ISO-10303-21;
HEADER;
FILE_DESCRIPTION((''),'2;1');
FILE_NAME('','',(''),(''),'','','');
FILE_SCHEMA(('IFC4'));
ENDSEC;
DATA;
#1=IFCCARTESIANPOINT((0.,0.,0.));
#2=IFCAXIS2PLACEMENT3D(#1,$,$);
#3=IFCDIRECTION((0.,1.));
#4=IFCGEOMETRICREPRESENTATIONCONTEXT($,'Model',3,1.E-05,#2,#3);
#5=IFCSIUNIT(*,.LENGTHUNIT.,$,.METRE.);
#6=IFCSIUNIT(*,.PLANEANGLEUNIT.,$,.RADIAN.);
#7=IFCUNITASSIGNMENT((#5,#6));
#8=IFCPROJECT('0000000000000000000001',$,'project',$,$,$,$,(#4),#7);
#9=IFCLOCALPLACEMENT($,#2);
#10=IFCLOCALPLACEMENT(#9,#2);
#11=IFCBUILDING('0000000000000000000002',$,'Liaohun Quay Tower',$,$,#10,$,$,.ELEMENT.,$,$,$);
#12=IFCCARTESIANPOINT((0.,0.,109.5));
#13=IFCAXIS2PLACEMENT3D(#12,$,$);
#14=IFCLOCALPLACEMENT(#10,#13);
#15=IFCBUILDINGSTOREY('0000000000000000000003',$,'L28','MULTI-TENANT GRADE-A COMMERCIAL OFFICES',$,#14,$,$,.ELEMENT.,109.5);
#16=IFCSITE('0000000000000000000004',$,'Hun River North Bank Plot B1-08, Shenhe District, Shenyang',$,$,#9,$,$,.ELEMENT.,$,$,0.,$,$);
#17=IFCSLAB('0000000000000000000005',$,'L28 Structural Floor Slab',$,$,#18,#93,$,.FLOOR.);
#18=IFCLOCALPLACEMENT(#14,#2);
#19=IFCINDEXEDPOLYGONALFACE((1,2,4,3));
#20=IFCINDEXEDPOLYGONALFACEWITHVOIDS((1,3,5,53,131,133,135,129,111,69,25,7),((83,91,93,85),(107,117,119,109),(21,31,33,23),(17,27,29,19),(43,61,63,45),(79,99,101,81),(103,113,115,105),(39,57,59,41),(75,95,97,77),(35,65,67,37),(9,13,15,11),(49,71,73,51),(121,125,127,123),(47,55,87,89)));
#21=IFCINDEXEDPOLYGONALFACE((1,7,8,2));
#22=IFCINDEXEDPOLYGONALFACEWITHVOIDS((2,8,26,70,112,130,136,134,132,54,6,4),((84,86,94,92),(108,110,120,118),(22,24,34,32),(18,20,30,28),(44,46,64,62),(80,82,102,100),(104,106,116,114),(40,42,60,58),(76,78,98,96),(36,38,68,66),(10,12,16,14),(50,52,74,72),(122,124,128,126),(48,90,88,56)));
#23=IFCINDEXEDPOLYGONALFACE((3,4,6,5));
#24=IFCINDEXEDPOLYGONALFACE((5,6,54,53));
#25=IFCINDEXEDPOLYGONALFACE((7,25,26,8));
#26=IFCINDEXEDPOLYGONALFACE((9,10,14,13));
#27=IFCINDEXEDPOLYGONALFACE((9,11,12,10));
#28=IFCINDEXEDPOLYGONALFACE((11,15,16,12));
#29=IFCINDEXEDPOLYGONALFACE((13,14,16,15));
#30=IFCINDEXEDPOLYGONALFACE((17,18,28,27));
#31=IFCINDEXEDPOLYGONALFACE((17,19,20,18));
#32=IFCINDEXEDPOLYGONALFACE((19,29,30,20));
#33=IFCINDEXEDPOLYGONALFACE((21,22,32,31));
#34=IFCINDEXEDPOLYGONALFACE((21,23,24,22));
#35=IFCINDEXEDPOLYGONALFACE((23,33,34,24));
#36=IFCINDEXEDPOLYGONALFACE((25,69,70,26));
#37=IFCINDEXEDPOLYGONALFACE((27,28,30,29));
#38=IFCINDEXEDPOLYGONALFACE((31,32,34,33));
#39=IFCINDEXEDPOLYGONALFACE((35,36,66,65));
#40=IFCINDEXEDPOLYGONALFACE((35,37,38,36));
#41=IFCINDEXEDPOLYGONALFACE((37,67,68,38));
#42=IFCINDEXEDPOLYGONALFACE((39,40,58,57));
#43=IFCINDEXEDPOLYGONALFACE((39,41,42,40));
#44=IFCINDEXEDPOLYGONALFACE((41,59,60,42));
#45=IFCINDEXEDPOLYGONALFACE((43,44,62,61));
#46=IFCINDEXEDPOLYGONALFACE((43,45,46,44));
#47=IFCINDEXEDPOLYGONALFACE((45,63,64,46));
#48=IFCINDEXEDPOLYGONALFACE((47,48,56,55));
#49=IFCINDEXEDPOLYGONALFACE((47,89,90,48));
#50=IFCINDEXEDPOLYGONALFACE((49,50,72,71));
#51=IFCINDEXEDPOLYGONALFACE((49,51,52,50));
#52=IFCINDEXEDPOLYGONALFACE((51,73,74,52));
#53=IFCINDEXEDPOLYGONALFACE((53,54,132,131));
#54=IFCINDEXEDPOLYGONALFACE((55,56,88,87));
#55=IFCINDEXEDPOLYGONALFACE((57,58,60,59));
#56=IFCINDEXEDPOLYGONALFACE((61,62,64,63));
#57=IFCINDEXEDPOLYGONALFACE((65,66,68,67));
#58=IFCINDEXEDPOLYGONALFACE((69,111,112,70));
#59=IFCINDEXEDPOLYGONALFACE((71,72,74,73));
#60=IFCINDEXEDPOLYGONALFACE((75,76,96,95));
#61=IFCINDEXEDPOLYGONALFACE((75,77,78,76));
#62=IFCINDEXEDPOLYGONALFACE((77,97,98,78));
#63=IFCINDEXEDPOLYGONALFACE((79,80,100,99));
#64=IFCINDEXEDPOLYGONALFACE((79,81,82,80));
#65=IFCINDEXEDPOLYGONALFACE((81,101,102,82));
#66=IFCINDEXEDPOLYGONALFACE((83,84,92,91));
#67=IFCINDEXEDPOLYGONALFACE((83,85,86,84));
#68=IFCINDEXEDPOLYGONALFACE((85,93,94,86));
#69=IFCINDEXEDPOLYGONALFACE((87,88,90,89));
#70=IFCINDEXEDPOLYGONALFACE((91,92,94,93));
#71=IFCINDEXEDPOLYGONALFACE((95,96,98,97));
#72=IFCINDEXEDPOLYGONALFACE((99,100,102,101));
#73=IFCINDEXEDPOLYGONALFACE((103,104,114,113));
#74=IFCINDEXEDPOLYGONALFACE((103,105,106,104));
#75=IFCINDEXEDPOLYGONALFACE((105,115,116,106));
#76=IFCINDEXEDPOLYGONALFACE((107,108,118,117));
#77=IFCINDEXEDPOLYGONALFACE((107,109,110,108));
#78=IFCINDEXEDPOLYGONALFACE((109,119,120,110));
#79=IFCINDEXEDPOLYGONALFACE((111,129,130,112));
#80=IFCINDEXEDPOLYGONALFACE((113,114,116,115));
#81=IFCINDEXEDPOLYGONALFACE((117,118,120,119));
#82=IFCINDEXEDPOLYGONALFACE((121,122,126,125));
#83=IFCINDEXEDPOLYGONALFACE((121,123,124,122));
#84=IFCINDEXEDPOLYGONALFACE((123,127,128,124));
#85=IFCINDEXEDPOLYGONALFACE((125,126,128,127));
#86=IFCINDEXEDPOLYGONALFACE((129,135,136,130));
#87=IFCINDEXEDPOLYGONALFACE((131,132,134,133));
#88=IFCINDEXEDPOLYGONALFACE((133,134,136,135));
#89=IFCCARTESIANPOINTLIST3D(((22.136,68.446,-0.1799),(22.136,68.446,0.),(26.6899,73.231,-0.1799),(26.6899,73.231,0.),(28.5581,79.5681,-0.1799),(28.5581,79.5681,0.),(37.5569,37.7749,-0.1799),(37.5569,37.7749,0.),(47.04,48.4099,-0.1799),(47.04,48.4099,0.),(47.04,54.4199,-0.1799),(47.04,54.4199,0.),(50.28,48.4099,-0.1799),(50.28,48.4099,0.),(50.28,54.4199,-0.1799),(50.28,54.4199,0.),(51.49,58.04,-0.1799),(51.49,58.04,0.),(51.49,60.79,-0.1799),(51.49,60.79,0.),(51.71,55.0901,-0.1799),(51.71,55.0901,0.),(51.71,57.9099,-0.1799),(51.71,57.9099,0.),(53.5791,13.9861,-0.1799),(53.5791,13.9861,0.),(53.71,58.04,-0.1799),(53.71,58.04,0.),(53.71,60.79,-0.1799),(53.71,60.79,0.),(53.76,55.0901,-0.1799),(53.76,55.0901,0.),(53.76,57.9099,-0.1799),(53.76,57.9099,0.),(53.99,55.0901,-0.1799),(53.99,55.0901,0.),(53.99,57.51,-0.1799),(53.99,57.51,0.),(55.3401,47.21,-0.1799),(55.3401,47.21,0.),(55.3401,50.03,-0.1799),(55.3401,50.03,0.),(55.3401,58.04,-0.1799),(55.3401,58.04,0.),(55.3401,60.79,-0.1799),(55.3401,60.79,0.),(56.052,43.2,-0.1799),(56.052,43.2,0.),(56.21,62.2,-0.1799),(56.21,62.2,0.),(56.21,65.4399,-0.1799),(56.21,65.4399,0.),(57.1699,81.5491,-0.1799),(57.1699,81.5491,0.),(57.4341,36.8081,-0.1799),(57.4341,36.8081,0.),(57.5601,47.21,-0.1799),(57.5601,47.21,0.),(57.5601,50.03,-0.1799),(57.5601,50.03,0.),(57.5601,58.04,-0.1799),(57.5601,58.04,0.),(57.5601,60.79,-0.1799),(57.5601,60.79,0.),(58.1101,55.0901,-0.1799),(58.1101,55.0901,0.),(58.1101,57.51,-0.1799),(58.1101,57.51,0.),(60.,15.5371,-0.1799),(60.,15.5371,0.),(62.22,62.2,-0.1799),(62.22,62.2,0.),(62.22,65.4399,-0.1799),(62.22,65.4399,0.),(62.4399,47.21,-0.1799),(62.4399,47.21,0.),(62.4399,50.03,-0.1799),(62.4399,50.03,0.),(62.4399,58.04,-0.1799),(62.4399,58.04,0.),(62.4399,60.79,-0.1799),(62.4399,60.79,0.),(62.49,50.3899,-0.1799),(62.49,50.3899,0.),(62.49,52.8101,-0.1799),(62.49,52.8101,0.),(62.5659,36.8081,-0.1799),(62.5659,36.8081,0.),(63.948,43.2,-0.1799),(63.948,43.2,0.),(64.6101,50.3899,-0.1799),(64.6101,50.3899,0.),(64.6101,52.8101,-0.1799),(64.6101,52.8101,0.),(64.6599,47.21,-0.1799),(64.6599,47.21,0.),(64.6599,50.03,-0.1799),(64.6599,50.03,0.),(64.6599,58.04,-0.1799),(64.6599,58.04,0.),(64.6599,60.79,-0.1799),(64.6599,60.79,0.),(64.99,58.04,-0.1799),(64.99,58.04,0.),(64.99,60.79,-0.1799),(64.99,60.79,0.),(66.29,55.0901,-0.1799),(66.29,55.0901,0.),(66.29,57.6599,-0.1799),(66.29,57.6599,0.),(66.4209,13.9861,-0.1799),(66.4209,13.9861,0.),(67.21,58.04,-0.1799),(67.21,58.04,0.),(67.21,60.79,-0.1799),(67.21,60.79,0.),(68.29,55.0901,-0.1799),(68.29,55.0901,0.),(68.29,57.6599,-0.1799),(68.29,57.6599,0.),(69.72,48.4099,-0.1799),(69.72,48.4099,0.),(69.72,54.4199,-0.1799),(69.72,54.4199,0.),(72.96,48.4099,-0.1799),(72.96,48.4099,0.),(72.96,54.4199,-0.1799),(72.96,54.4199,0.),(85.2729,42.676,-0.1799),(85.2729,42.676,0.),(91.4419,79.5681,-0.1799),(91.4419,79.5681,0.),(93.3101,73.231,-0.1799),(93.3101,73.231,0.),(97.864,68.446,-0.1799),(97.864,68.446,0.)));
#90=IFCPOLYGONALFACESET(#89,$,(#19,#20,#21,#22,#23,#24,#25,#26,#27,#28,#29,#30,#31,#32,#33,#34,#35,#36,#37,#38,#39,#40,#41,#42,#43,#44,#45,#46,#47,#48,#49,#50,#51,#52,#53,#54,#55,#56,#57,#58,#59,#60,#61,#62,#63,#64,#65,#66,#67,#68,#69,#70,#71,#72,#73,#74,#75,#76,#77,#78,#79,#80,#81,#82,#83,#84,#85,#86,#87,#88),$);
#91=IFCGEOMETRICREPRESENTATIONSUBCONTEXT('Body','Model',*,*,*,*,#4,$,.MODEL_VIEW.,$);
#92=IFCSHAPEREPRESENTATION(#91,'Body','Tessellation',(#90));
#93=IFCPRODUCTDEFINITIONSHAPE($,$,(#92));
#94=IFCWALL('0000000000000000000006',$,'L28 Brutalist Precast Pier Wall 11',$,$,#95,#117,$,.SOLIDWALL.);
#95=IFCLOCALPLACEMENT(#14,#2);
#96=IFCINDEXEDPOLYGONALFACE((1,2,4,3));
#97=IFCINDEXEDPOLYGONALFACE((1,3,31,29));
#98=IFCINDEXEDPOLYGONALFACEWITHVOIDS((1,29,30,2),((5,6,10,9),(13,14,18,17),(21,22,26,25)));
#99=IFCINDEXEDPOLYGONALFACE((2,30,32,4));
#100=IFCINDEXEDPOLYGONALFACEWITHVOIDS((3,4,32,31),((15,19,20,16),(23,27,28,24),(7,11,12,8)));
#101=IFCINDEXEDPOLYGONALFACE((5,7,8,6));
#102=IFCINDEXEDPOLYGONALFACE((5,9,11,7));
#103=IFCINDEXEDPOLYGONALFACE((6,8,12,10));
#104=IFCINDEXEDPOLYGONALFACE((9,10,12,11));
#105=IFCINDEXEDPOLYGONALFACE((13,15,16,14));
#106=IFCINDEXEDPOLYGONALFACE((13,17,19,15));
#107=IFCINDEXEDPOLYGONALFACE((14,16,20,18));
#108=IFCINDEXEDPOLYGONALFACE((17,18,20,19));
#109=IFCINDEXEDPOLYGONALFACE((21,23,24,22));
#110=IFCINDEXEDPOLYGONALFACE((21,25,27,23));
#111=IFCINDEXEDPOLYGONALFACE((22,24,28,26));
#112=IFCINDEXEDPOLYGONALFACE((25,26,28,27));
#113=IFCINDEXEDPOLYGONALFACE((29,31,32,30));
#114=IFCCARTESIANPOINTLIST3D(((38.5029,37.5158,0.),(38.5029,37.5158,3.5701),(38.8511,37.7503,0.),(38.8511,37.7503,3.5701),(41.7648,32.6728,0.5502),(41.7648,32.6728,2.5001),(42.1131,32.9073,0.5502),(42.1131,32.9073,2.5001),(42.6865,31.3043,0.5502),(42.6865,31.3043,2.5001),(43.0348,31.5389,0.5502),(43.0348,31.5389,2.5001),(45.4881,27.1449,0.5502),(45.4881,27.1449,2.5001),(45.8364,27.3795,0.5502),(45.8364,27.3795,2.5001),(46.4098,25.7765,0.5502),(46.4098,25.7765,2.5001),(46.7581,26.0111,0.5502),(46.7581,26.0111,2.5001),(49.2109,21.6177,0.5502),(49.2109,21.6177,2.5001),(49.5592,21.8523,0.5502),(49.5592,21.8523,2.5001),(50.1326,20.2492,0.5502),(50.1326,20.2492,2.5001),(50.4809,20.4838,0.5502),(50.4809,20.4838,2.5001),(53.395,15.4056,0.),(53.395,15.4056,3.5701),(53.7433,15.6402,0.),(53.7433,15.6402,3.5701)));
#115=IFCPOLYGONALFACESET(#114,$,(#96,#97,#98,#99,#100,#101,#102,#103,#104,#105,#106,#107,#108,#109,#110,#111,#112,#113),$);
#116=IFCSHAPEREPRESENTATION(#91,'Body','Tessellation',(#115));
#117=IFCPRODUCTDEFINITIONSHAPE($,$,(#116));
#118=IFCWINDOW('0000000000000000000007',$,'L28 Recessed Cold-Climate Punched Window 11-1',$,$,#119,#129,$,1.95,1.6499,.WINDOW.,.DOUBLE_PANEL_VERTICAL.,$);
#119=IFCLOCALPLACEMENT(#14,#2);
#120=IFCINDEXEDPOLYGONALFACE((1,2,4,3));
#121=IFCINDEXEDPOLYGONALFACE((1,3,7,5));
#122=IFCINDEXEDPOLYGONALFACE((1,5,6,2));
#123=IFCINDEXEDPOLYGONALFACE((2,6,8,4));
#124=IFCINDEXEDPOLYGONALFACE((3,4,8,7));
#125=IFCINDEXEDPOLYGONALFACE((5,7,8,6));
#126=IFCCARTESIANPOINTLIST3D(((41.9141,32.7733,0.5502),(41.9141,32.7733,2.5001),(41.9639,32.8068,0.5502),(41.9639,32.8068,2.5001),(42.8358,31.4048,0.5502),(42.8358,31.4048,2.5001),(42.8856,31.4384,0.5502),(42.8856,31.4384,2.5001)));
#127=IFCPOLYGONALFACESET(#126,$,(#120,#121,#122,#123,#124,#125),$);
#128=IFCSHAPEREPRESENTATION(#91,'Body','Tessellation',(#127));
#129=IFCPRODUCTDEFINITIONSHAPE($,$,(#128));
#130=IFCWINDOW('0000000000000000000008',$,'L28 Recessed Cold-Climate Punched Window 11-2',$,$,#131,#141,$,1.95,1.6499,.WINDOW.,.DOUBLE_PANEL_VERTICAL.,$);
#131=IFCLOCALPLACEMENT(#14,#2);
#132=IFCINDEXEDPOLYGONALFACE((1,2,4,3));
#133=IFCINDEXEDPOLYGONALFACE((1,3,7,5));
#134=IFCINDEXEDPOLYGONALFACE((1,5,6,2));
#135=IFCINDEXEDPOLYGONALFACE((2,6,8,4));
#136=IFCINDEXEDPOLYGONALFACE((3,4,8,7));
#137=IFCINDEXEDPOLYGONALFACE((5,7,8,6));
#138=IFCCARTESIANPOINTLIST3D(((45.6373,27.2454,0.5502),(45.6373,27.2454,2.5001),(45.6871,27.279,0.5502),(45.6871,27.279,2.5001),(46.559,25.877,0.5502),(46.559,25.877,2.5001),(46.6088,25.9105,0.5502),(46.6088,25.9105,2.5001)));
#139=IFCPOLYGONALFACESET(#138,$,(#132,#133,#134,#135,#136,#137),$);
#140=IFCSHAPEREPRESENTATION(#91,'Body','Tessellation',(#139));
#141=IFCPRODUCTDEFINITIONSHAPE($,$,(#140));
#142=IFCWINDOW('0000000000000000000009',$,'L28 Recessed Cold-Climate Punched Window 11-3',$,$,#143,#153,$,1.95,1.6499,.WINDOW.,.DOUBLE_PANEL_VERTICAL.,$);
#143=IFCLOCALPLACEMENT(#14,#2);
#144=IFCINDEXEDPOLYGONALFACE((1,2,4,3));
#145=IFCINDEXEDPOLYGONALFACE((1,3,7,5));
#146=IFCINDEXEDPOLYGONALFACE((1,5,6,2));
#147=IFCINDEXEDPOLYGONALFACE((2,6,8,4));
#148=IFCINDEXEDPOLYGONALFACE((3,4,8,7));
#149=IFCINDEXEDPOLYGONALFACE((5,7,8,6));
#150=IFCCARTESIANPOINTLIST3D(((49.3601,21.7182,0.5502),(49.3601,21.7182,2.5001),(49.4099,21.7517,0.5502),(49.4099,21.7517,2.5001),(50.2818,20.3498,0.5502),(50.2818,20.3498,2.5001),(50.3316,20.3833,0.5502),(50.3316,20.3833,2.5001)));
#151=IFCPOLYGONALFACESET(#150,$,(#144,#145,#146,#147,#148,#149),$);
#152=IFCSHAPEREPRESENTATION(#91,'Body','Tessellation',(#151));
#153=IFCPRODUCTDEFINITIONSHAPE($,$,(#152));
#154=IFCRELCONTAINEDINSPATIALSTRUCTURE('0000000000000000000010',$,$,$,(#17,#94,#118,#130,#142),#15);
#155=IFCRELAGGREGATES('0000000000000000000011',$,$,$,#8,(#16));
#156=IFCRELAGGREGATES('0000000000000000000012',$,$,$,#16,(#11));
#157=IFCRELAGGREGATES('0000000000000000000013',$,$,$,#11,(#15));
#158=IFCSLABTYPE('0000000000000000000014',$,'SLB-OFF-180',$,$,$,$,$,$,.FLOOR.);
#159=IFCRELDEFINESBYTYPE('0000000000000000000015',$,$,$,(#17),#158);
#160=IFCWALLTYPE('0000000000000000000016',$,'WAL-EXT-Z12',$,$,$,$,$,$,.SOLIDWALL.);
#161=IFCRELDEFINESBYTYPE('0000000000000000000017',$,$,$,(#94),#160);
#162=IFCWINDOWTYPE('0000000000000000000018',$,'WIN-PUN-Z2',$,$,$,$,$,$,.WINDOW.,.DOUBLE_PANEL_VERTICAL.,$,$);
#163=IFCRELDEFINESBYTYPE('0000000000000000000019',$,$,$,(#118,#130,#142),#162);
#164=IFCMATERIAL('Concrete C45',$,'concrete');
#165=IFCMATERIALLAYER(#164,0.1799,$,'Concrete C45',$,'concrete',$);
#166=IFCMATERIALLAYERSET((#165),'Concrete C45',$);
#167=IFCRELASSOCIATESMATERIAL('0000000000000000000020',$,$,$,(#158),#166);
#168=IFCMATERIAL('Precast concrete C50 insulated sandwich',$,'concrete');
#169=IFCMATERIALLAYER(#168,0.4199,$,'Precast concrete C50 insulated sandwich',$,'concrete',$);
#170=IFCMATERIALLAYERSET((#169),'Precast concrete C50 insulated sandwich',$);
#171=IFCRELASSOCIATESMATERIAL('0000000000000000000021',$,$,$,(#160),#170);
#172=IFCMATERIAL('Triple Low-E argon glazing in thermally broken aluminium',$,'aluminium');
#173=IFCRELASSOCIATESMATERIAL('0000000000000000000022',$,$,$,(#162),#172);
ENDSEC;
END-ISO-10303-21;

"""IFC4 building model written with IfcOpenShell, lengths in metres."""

from ifc_helpers import new_model, si_unit, direction, frame, frame_2d, origin, place, context, subcontext, project, spatial, polyline, rectangle, outline, extrude, source, transform, mapped, material, layer, layer_set, type_object, element, fill, save


model = new_model("IFC4")

# Units and contexts
model_context = context("Model", 3, precision=1e-05, world=origin(), true_north=direction((0.0, 1.0)))
body_context = subcontext(model_context, "Body", "Model", "MODEL_VIEW")
ifc_project = project(units=[si_unit("LENGTHUNIT", "METRE"), si_unit("PLANEANGLEUNIT", "RADIAN")], contexts=[model_context])

# Site, building, storey
site_placement = place(None, origin())
site = spatial("IfcSite", under=ifc_project, at=site_placement, Name="Hun River North Bank Plot B1-08, Shenhe District, Shenyang", CompositionType="ELEMENT", RefElevation=0.0)
building_placement = place(site_placement, origin())
building = spatial("IfcBuilding", under=site, at=building_placement, Name="Liaohun Quay Tower", CompositionType="ELEMENT")
storey_placement = place(building_placement, frame((0.0, 0.0, 109.5)))
storey = spatial("IfcBuildingStorey", under=building, at=storey_placement, Name="L28", Description="MULTI-TENANT GRADE-A COMMERCIAL OFFICES", CompositionType="ELEMENT", Elevation=109.5)

# Shared definitions
ifc_material_1 = material(Name="Concrete C45", Category="concrete")

# Slab
ifc_layer_1 = layer(ifc_material_1, 0.1799, Name="Concrete C45", Category="concrete")
ifc_layer_set_1 = layer_set([ifc_layer_1], Name="Concrete C45")
slab_type_1 = type_object("IfcSlabType", Name="SLB-OFF-180", PredefinedType="FLOOR", material=ifc_layer_set_1)
slab_1_placement = place(storey_placement, frame((0.0, 0.0, -0.1799)))
element("IfcSlab", 1, at=slab_1_placement, inside=storey, type_object=slab_type_1, Name="L28 Structural Floor Slab", PredefinedType="FLOOR", context=body_context, shape_type="SweptSolid", body=[
    extrude(outline(polyline([(53.5791, 13.9861), (60.0, 15.5371), (66.4209, 13.9861), (85.2729, 42.676), (97.864, 68.446), (93.3101, 73.231), (91.4419, 79.5681), (57.1699, 81.5491), (28.5581, 79.5681), (26.6899, 73.231), (22.136, 68.446), (37.5569, 37.7749), (53.5791, 13.9861)]), holes=[polyline([(57.5601, 50.03), (55.3401, 50.03), (55.3401, 47.21), (57.5601, 47.21), (57.5601, 50.03)]), polyline([(50.28, 54.4199), (47.04, 54.4199), (47.04, 48.4099), (50.28, 48.4099), (50.28, 54.4199)]), polyline([(53.99, 55.0901), (58.1101, 55.0901), (58.1101, 57.51), (53.99, 57.51), (53.99, 55.0901)]), polyline([(53.76, 55.0901), (53.76, 57.9099), (51.71, 57.9099), (51.71, 55.0901), (53.76, 55.0901)]), polyline([(53.71, 58.04), (53.71, 60.79), (51.49, 60.79), (51.49, 58.04), (53.71, 58.04)]), polyline([(57.5601, 58.04), (57.5601, 60.79), (55.3401, 60.79), (55.3401, 58.04), (57.5601, 58.04)]), polyline([(62.22, 62.2), (62.22, 65.4399), (56.21, 65.4399), (56.21, 62.2), (62.22, 62.2)]), polyline([(62.5659, 36.8081), (63.948, 43.2), (56.052, 43.2), (57.4341, 36.8081), (62.5659, 36.8081)]), polyline([(64.6599, 47.21), (64.6599, 50.03), (62.4399, 50.03), (62.4399, 47.21), (64.6599, 47.21)]), polyline([(72.96, 54.4199), (69.72, 54.4199), (69.72, 48.4099), (72.96, 48.4099), (72.96, 54.4199)]), polyline([(64.6101, 50.3899), (64.6101, 52.8101), (62.49, 52.8101), (62.49, 50.3899), (64.6101, 50.3899)]), polyline([(68.29, 55.0901), (68.29, 57.6599), (66.29, 57.6599), (66.29, 55.0901), (68.29, 55.0901)]), polyline([(64.6599, 58.04), (64.6599, 60.79), (62.4399, 60.79), (62.4399, 58.04), (64.6599, 58.04)]), polyline([(67.21, 58.04), (67.21, 60.79), (64.99, 60.79), (64.99, 58.04), (67.21, 58.04)])]), origin(), (0.0, 0.0, 1.0), 0.1799),
])

# Wall, openings, windows
ifc_material_2 = material(Name="Precast concrete C50 insulated sandwich", Category="concrete")
ifc_layer_2 = layer(ifc_material_2, 0.4199, Name="Precast concrete C50 insulated sandwich", Category="concrete")
ifc_layer_set_2 = layer_set([ifc_layer_2], Name="Precast concrete C50 insulated sandwich")
wall_type_1 = type_object("IfcWallType", Name="WAL-EXT-Z12", PredefinedType="SOLIDWALL", material=ifc_layer_set_2)
wall_1_placement = place(storey_placement, frame((38.677, 37.6331, 0.0), z_axis=(0.0, 0.0, 1.0), x_axis=(0.558642, -0.829409, 0.0)))
wall_1 = element("IfcWall", 2, at=wall_1_placement, inside=storey, type_object=wall_type_1, Name="L28 Brutalist Precast Pier Wall 11", PredefinedType="SOLIDWALL", context=body_context, shape_type="SweptSolid", body=[
    extrude(rectangle(XDim=26.6577, YDim=0.4199, at=frame_2d((13.3289, 0.0))), origin(), (0.0, 0.0, 1.0), 3.5701),
])
shared_shape_1 = source(origin(), body_context, "Body", "SweptSolid", [
    extrude(rectangle(XDim=1.6499, YDim=1.95, at=frame_2d((0.825, 0.9751))), frame((0.0, 0.22, 0.0), z_axis=(0.0, -1.0, 0.0), x_axis=(1.0, 0.0, 0.0)), (0.0, 0.0, 1.0), 0.4399),
])
opening_1_placement = place(wall_1_placement, frame((5.8391, 0.0, 0.55)))
opening_1 = element("IfcOpeningElement", 3, at=opening_1_placement, cuts=wall_1, PredefinedType="OPENING", context=body_context, shape_type="MappedRepresentation", body=[
    mapped(shared_shape_1, transform((0.0, 0.0, 0.0), x_axis=(1.0, 0.0, 0.0), y_axis=(0.0, 1.0, 0.0), z_axis=(0.0, 0.0, 1.0), scale=1.0)),
])
opening_2_placement = place(wall_1_placement, frame((12.5039, 0.0, 0.55)))
opening_2 = element("IfcOpeningElement", 4, at=opening_2_placement, cuts=wall_1, PredefinedType="OPENING", context=body_context, shape_type="MappedRepresentation", body=[
    mapped(shared_shape_1, transform((0.0, 0.0, 0.0), x_axis=(1.0, 0.0, 0.0), y_axis=(0.0, 1.0, 0.0), z_axis=(0.0, 0.0, 1.0), scale=1.0)),
])
opening_3_placement = place(wall_1_placement, frame((19.168, 0.0, 0.55)))
opening_3 = element("IfcOpeningElement", 5, at=opening_3_placement, cuts=wall_1, PredefinedType="OPENING", context=body_context, shape_type="MappedRepresentation", body=[
    mapped(shared_shape_1, transform((0.0, 0.0, 0.0), x_axis=(1.0, 0.0, 0.0), y_axis=(0.0, 1.0, 0.0), z_axis=(0.0, 0.0, 1.0), scale=1.0)),
])
ifc_material_3 = material(Name="Triple Low-E argon glazing in thermally broken aluminium", Category="aluminium")
window_type = type_object("IfcWindowType", Name="WIN-PUN-Z2", PartitioningType="DOUBLE_PANEL_VERTICAL", PredefinedType="WINDOW", material=ifc_material_3)
shared_shape_2 = source(origin(), body_context, "Body", "SweptSolid", [
    extrude(rectangle(XDim=1.6499, YDim=1.95, at=frame_2d((0.825, 0.9751))), frame((0.0, 0.03, 0.0), z_axis=(0.0, -1.0, 0.0), x_axis=(1.0, 0.0, 0.0)), (0.0, 0.0, 1.0), 0.0601),
])
window_1_placement = place(opening_1_placement, origin())
window_1 = element("IfcWindow", 6, at=window_1_placement, inside=storey, type_object=window_type, Name="L28 Recessed Cold-Climate Punched Window 11-1", OverallHeight=1.95, OverallWidth=1.6499, PartitioningType="DOUBLE_PANEL_VERTICAL", PredefinedType="WINDOW", context=body_context, shape_type="MappedRepresentation", body=[
    mapped(shared_shape_2, transform((0.0, 0.0, 0.0), x_axis=(1.0, 0.0, 0.0), y_axis=(0.0, 1.0, 0.0), z_axis=(0.0, 0.0, 1.0), scale=1.0)),
])
fill(opening_1, window_1)
window_2_placement = place(opening_2_placement, origin())
window_2 = element("IfcWindow", 7, at=window_2_placement, inside=storey, type_object=window_type, Name="L28 Recessed Cold-Climate Punched Window 11-2", OverallHeight=1.95, OverallWidth=1.6499, PartitioningType="DOUBLE_PANEL_VERTICAL", PredefinedType="WINDOW", context=body_context, shape_type="MappedRepresentation", body=[
    mapped(shared_shape_2, transform((0.0, 0.0, 0.0), x_axis=(1.0, 0.0, 0.0), y_axis=(0.0, 1.0, 0.0), z_axis=(0.0, 0.0, 1.0), scale=1.0)),
])
fill(opening_2, window_2)
window_3_placement = place(opening_3_placement, origin())
window_3 = element("IfcWindow", 8, at=window_3_placement, inside=storey, type_object=window_type, Name="L28 Recessed Cold-Climate Punched Window 11-3", OverallHeight=1.95, OverallWidth=1.6499, PartitioningType="DOUBLE_PANEL_VERTICAL", PredefinedType="WINDOW", context=body_context, shape_type="MappedRepresentation", body=[
    mapped(shared_shape_2, transform((0.0, 0.0, 0.0), x_axis=(1.0, 0.0, 0.0), y_axis=(0.0, 1.0, 0.0), z_axis=(0.0, 0.0, 1.0), scale=1.0)),
])
fill(opening_3, window_3)

save(model, "model.ifc")
